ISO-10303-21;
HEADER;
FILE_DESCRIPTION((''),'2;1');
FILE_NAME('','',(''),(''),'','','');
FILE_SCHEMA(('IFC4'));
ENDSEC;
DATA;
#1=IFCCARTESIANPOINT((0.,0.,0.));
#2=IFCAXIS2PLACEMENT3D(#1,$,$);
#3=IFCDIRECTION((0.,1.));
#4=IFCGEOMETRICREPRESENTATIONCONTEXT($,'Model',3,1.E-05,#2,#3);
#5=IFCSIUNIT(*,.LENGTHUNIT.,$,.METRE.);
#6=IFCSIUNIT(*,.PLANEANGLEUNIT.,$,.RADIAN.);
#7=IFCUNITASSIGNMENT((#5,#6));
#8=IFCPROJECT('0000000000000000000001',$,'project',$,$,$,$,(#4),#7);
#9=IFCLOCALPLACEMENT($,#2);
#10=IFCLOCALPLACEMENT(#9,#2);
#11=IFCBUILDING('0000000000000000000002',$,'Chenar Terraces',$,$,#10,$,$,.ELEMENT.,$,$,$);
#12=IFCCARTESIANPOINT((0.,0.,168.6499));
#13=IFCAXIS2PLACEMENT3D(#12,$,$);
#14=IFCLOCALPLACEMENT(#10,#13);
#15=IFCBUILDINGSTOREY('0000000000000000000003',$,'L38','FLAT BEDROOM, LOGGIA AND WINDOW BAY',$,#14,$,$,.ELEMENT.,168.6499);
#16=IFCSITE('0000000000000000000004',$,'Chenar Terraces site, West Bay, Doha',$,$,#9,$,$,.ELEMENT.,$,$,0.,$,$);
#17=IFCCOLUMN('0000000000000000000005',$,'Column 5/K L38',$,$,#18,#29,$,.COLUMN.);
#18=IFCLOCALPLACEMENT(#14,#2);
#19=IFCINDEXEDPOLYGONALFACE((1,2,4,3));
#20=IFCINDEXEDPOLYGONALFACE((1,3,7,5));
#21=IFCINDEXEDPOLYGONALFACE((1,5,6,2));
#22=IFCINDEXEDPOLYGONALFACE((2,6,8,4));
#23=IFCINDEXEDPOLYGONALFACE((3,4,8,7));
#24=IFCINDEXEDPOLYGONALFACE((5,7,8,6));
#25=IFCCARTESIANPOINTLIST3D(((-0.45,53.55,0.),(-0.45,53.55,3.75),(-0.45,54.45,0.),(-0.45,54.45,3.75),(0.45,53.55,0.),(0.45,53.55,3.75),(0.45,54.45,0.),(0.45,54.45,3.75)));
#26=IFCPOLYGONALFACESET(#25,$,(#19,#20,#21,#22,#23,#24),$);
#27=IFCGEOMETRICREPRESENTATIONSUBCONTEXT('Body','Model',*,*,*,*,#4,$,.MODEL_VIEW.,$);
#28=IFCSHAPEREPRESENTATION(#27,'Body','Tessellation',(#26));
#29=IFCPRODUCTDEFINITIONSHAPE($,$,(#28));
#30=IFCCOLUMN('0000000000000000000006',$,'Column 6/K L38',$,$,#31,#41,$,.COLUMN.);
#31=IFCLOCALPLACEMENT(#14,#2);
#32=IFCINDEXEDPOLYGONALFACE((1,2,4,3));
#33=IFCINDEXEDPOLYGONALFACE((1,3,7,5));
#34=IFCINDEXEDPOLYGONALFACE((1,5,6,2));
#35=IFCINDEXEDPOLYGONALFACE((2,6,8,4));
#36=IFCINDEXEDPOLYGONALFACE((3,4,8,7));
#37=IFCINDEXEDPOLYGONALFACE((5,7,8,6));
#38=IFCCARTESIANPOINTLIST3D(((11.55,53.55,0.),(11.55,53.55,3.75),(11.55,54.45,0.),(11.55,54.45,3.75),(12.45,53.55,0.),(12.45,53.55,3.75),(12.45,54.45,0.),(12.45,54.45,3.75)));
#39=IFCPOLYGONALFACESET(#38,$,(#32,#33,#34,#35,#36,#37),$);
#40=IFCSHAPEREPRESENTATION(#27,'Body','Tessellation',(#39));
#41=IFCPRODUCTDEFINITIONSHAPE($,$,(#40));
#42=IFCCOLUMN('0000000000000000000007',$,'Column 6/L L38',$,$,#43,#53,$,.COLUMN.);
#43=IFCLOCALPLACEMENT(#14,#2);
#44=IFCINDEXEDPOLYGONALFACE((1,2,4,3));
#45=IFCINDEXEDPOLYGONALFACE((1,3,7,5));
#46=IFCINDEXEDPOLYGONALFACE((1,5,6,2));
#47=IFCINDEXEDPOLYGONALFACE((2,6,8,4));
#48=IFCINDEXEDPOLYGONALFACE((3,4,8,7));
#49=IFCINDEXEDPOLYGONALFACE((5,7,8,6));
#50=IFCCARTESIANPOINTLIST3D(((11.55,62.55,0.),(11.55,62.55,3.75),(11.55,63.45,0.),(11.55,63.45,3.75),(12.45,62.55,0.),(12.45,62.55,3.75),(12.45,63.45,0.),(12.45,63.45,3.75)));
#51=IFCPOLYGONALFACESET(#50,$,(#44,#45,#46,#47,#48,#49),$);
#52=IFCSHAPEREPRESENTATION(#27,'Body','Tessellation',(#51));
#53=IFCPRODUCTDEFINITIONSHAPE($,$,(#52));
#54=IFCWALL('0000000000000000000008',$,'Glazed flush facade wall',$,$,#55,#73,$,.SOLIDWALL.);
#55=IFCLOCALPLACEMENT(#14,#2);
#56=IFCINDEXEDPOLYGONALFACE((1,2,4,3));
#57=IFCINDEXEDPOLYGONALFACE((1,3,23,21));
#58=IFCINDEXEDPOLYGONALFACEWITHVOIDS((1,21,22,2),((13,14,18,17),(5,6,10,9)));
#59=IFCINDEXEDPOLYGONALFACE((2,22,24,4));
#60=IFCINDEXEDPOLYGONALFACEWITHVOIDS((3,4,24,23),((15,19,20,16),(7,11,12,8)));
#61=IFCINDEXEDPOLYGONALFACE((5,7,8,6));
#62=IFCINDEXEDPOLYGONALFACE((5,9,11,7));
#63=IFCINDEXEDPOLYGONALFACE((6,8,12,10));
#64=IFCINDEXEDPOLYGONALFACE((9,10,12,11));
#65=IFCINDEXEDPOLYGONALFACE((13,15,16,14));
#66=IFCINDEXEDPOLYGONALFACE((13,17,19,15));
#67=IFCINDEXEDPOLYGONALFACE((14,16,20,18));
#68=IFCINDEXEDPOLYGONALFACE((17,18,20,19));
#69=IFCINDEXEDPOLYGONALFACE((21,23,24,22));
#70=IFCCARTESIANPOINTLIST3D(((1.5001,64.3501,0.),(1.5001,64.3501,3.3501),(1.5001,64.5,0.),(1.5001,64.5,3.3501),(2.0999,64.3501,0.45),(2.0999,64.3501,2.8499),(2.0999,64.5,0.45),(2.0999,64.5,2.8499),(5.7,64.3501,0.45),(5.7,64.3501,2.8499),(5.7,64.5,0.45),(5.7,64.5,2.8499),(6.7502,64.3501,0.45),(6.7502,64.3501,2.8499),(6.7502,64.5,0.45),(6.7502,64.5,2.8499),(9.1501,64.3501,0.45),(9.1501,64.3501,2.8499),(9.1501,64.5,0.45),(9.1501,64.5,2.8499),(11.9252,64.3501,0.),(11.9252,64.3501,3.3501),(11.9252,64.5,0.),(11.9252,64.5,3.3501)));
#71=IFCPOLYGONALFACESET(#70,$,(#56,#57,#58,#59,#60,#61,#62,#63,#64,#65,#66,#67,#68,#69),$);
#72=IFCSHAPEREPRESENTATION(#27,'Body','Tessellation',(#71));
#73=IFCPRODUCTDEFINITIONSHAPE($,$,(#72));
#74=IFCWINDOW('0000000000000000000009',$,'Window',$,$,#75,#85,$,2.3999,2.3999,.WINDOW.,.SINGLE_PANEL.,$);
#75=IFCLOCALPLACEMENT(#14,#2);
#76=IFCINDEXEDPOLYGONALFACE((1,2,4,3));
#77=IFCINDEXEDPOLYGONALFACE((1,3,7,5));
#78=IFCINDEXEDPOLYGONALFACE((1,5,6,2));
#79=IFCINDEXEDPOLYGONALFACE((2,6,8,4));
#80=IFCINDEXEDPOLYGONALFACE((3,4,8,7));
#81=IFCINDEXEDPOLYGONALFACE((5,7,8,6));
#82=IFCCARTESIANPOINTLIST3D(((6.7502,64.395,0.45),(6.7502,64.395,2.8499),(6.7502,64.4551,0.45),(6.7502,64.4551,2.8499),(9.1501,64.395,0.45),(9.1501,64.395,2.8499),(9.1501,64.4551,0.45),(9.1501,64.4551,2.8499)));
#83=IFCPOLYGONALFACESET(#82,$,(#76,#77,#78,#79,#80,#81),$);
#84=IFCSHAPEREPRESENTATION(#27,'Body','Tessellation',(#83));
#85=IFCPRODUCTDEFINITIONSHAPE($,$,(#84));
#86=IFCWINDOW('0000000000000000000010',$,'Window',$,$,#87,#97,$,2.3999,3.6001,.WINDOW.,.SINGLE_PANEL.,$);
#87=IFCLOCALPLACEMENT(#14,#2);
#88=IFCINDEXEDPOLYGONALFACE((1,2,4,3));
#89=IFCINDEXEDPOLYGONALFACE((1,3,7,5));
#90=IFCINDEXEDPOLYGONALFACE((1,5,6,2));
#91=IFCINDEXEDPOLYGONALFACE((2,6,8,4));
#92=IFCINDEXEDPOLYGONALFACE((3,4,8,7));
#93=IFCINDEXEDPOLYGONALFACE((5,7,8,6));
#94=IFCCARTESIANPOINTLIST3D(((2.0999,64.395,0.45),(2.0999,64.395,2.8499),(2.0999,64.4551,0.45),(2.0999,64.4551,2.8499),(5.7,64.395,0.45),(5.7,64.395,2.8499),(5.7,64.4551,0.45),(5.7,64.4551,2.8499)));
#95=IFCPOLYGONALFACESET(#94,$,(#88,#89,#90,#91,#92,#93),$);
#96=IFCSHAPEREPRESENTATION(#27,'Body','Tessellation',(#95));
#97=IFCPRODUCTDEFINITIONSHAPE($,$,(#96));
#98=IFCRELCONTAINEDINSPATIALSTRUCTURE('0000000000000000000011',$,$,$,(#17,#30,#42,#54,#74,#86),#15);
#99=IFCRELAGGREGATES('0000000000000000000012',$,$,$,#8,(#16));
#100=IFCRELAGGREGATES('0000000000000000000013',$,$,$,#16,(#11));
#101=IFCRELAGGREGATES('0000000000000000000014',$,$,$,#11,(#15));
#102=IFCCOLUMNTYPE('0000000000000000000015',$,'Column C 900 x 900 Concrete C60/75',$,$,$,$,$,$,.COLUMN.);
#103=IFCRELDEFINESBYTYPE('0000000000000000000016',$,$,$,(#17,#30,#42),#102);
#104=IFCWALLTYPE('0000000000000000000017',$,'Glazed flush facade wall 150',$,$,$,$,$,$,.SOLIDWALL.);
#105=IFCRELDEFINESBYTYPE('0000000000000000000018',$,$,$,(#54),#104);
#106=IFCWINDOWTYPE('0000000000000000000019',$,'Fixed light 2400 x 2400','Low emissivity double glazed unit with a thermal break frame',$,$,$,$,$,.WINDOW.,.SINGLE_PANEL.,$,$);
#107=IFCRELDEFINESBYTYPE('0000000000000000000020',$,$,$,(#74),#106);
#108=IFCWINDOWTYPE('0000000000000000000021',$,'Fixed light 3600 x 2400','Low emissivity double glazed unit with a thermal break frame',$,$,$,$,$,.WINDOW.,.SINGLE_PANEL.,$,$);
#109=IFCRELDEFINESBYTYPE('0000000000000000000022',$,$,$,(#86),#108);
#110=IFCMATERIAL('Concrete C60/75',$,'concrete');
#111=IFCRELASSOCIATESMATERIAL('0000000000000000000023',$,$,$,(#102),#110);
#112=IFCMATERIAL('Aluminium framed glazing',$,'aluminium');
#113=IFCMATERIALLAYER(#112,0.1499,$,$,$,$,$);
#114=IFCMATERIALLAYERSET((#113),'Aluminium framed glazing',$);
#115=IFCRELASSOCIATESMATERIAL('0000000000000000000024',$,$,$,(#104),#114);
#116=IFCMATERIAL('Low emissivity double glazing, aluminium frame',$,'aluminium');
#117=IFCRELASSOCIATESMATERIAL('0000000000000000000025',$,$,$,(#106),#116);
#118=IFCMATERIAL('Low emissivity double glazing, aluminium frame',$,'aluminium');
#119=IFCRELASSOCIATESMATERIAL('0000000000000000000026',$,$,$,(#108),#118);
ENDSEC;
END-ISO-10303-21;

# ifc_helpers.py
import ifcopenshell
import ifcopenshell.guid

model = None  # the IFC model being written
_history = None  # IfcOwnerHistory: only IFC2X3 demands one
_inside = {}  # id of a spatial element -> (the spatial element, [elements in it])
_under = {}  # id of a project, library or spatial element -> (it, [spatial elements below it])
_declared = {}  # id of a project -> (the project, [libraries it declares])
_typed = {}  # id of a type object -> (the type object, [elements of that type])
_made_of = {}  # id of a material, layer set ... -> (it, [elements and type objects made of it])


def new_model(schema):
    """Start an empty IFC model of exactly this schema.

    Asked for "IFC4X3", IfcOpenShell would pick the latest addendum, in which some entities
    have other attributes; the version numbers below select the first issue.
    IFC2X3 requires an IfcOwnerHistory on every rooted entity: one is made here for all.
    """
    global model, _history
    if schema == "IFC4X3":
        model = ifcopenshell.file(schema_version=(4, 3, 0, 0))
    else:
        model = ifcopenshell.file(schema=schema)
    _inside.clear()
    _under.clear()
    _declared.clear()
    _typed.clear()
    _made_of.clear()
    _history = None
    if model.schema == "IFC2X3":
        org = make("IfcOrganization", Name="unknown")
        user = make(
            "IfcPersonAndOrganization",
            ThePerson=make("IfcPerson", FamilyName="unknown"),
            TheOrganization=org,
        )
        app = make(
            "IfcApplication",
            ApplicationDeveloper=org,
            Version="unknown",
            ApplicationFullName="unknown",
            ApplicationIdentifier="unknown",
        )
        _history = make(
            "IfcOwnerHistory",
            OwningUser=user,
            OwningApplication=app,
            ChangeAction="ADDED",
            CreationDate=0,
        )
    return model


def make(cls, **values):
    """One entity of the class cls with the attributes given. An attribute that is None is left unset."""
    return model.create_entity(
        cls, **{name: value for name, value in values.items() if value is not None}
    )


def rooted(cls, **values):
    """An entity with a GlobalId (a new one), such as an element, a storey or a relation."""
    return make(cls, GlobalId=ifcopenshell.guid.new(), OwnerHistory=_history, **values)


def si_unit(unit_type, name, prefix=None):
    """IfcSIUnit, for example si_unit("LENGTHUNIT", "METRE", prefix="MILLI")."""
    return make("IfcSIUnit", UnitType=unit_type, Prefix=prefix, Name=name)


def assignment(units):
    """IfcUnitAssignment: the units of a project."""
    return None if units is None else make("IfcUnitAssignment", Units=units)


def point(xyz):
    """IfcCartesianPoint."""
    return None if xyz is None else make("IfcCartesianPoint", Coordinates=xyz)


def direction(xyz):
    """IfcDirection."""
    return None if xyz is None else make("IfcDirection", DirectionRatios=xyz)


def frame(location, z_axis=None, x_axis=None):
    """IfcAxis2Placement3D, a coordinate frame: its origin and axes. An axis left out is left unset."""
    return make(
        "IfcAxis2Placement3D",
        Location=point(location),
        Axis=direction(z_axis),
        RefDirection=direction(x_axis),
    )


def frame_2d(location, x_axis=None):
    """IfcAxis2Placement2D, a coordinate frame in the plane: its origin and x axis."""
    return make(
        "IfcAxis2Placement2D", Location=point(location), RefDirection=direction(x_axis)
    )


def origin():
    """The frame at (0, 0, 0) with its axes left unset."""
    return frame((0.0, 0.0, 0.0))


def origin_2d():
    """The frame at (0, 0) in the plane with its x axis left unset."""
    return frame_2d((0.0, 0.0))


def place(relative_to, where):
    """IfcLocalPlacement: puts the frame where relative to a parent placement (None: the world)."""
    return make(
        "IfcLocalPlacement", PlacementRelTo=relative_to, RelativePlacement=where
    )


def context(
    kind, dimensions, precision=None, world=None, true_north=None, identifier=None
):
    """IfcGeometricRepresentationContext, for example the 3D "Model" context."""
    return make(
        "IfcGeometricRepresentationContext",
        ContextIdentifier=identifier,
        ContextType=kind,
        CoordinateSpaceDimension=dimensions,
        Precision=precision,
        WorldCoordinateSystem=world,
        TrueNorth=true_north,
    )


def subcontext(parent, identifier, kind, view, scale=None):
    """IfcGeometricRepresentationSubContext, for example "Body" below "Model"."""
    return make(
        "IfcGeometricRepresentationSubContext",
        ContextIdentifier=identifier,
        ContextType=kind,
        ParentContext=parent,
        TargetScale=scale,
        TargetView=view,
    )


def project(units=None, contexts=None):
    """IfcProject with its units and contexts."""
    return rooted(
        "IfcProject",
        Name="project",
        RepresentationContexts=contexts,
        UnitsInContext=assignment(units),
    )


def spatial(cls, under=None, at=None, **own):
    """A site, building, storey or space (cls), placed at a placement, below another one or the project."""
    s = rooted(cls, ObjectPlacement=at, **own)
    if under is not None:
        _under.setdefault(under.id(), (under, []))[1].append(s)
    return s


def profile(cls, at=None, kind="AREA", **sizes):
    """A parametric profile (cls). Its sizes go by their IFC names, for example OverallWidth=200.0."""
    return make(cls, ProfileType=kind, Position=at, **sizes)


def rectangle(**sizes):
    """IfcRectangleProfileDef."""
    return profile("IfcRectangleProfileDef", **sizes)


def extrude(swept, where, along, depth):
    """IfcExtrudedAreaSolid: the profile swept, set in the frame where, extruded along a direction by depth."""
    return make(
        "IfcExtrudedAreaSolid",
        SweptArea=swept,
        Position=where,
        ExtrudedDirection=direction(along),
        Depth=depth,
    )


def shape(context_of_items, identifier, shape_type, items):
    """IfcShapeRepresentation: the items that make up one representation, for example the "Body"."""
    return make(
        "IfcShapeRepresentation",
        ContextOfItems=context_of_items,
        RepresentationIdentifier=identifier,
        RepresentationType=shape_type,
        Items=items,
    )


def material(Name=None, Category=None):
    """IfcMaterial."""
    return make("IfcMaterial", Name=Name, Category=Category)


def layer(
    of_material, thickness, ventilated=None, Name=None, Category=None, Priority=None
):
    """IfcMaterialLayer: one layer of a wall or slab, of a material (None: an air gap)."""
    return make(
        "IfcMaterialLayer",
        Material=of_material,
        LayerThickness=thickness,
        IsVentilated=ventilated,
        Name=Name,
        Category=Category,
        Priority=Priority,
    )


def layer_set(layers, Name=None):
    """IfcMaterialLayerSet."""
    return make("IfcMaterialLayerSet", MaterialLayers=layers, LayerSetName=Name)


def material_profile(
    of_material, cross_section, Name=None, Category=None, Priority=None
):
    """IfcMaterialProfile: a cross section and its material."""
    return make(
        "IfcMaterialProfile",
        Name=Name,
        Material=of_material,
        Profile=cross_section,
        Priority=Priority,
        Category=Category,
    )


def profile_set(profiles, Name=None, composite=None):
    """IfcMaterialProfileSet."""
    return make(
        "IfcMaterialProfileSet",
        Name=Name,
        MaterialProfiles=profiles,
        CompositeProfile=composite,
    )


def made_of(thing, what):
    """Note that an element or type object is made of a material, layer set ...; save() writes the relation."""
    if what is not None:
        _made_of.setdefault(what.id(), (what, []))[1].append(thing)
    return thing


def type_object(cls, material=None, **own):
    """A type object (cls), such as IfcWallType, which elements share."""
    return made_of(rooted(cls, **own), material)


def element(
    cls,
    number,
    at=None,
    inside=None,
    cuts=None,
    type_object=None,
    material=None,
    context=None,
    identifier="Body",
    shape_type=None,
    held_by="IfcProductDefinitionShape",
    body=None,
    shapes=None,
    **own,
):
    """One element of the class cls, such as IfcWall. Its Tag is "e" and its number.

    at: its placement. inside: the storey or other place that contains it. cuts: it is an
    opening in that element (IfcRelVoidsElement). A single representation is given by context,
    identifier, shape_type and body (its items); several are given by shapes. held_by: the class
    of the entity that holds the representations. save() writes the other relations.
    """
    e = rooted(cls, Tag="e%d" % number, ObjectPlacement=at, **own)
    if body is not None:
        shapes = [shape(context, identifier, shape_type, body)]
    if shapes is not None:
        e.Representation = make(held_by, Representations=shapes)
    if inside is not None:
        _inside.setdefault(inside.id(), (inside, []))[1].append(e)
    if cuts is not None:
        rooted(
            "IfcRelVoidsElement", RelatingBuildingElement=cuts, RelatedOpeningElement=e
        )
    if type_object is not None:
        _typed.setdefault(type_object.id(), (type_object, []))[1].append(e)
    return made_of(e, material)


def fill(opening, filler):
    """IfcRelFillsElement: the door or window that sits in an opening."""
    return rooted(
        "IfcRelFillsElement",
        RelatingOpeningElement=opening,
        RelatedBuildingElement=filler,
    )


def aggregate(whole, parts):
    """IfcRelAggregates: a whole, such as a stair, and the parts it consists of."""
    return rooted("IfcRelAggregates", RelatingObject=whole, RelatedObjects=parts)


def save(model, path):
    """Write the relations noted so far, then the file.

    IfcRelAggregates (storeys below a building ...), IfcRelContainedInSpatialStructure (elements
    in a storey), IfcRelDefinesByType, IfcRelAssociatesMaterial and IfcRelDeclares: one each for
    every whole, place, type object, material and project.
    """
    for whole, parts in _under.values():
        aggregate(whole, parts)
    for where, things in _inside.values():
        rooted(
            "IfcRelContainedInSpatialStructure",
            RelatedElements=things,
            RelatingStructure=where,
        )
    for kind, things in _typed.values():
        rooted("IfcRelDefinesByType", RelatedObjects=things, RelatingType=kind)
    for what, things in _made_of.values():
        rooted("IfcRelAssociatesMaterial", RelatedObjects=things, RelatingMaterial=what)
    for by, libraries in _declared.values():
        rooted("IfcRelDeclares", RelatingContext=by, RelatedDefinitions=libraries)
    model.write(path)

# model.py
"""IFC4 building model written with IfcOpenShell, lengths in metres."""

from ifc_helpers import new_model, si_unit, direction, frame, frame_2d, origin, origin_2d, place, context, subcontext, project, spatial, rectangle, extrude, material, layer, layer_set, material_profile, profile_set, type_object, element, fill, save


model = new_model("IFC4")

# Units and contexts
model_context = context("Model", 3, precision=1e-05, world=origin(), true_north=direction((0.0, 1.0)))
body_context = subcontext(model_context, "Body", "Model", "MODEL_VIEW")
ifc_project = project(units=[si_unit("LENGTHUNIT", "METRE"), si_unit("PLANEANGLEUNIT", "RADIAN")], contexts=[model_context])

# Site, building, storey
site_placement = place(None, origin())
site = spatial("IfcSite", under=ifc_project, at=site_placement, Name="Chenar Terraces site, West Bay, Doha", CompositionType="ELEMENT", RefElevation=0.0)
building_placement = place(site_placement, origin())
building = spatial("IfcBuilding", under=site, at=building_placement, Name="Chenar Terraces", CompositionType="ELEMENT")
storey_placement = place(building_placement, frame((0.0, 0.0, 168.6499)))
storey = spatial("IfcBuildingStorey", under=building, at=storey_placement, Name="L38", Description="FLAT BEDROOM, LOGGIA AND WINDOW BAY", CompositionType="ELEMENT", Elevation=168.6499)

# Columns
ifc_material_1 = material(Name="Concrete C60/75", Category="concrete")
ifc_material_profile = material_profile(ifc_material_1, rectangle(XDim=0.8999, YDim=0.8999, at=origin_2d()), Name="C 900 x 900")
ifc_profile_set = profile_set([ifc_material_profile], Name="Concrete C60/75")
column_type = type_object("IfcColumnType", Name="Column C 900 x 900 Concrete C60/75", PredefinedType="COLUMN", material=ifc_profile_set)
for number, where, z_axis, x_axis, name in (
    (1, (0.0, 54.0, 0.0), (0.0, 0.0, 1.0), (1.0, 0.0, 0.0), "Column 5/K L38"),
    (2, (12.0, 54.0, 0.0), (0.0, 0.0, 1.0), (1.0, 0.0, 0.0), "Column 6/K L38"),
    (3, (12.0, 63.0, 0.0), (0.0, 0.0, 1.0), (1.0, 0.0, 0.0), "Column 6/L L38"),
):
    element("IfcColumn", number, at=place(storey_placement, frame(where, z_axis=z_axis, x_axis=x_axis)), inside=storey, type_object=column_type, Name=name, PredefinedType="COLUMN", context=body_context, shape_type="SweptSolid", body=[
        extrude(rectangle(XDim=0.8999, YDim=0.8999, at=origin_2d()), origin(), (0.0, 0.0, 1.0), 3.75),
    ])

# Wall, openings, windows
ifc_material_2 = material(Name="Aluminium framed glazing", Category="aluminium")
ifc_layer_1 = layer(ifc_material_2, 0.1499)
ifc_layer_set_1 = layer_set([ifc_layer_1], Name="Aluminium framed glazing")
wall_type_1 = type_object("IfcWallType", Name="Glazed flush facade wall 150", PredefinedType="SOLIDWALL", material=ifc_layer_set_1)
wall_1_placement = place(storey_placement, frame((11.925, 64.425, 0.0), z_axis=(0.0, 0.0, 1.0), x_axis=(-1.0, 0.0, 0.0)))
wall_1 = element("IfcWall", 4, at=wall_1_placement, inside=storey, type_object=wall_type_1, Name="Glazed flush facade wall", PredefinedType="SOLIDWALL", context=body_context, shape_type="SweptSolid", body=[
    extrude(rectangle(XDim=10.425, YDim=0.1499, at=frame_2d((5.2124, 0.0))), origin(), (0.0, 0.0, 1.0), 3.3501),
])
opening_1_placement = place(wall_1_placement, frame((2.7749, 0.0, 0.45)))
opening_1 = element("IfcOpeningElement", 5, at=opening_1_placement, cuts=wall_1, PredefinedType="OPENING", context=body_context, shape_type="SweptSolid", body=[
    extrude(rectangle(XDim=2.3999, YDim=2.3999, at=frame_2d((1.2, 1.2))), frame((0.0, 0.085, 0.0), z_axis=(0.0, -1.0, 0.0), x_axis=(1.0, 0.0, 0.0)), (0.0, 0.0, 1.0), 0.1699),
])
opening_2_placement = place(wall_1_placement, frame((6.2251, 0.0, 0.45)))
opening_2 = element("IfcOpeningElement", 6, at=opening_2_placement, cuts=wall_1, PredefinedType="OPENING", context=body_context, shape_type="SweptSolid", body=[
    extrude(rectangle(XDim=3.6001, YDim=2.3999, at=frame_2d((1.8, 1.2))), frame((0.0, 0.085, 0.0), z_axis=(0.0, -1.0, 0.0), x_axis=(1.0, 0.0, 0.0)), (0.0, 0.0, 1.0), 0.1699),
])
ifc_material_3 = material(Name="Low emissivity double glazing, aluminium frame", Category="aluminium")
window_type_1 = type_object("IfcWindowType", Name="Fixed light 2400 x 2400", Description="Low emissivity double glazed unit with a thermal break frame", PartitioningType="SINGLE_PANEL", PredefinedType="WINDOW", material=ifc_material_3)
window_1_placement = place(opening_1_placement, origin())
window_1 = element("IfcWindow", 7, at=window_1_placement, inside=storey, type_object=window_type_1, Name="Window", OverallHeight=2.3999, OverallWidth=2.3999, PartitioningType="SINGLE_PANEL", PredefinedType="WINDOW", context=body_context, shape_type="SweptSolid", body=[
    extrude(rectangle(XDim=2.3999, YDim=2.3999, at=frame_2d((1.2, 1.2))), frame((0.0, 0.03, 0.0), z_axis=(0.0, -1.0, 0.0), x_axis=(1.0, 0.0, 0.0)), (0.0, 0.0, 1.0), 0.0601),
])
fill(opening_1, window_1)
ifc_material_4 = material(Name="Low emissivity double glazing, aluminium frame", Category="aluminium")
window_type_2 = type_object("IfcWindowType", Name="Fixed light 3600 x 2400", Description="Low emissivity double glazed unit with a thermal break frame", PartitioningType="SINGLE_PANEL", PredefinedType="WINDOW", material=ifc_material_4)
window_2_placement = place(opening_2_placement, origin())
window_2 = element("IfcWindow", 8, at=window_2_placement, inside=storey, type_object=window_type_2, Name="Window", OverallHeight=2.3999, OverallWidth=3.6001, PartitioningType="SINGLE_PANEL", PredefinedType="WINDOW", context=body_context, shape_type="SweptSolid", body=[
    extrude(rectangle(XDim=3.6001, YDim=2.3999, at=frame_2d((1.8, 1.2))), frame((0.0, 0.03, 0.0), z_axis=(0.0, -1.0, 0.0), x_axis=(1.0, 0.0, 0.0)), (0.0, 0.0, 1.0), 0.0601),
])
fill(opening_2, window_2)

save(model, "model.ifc")
